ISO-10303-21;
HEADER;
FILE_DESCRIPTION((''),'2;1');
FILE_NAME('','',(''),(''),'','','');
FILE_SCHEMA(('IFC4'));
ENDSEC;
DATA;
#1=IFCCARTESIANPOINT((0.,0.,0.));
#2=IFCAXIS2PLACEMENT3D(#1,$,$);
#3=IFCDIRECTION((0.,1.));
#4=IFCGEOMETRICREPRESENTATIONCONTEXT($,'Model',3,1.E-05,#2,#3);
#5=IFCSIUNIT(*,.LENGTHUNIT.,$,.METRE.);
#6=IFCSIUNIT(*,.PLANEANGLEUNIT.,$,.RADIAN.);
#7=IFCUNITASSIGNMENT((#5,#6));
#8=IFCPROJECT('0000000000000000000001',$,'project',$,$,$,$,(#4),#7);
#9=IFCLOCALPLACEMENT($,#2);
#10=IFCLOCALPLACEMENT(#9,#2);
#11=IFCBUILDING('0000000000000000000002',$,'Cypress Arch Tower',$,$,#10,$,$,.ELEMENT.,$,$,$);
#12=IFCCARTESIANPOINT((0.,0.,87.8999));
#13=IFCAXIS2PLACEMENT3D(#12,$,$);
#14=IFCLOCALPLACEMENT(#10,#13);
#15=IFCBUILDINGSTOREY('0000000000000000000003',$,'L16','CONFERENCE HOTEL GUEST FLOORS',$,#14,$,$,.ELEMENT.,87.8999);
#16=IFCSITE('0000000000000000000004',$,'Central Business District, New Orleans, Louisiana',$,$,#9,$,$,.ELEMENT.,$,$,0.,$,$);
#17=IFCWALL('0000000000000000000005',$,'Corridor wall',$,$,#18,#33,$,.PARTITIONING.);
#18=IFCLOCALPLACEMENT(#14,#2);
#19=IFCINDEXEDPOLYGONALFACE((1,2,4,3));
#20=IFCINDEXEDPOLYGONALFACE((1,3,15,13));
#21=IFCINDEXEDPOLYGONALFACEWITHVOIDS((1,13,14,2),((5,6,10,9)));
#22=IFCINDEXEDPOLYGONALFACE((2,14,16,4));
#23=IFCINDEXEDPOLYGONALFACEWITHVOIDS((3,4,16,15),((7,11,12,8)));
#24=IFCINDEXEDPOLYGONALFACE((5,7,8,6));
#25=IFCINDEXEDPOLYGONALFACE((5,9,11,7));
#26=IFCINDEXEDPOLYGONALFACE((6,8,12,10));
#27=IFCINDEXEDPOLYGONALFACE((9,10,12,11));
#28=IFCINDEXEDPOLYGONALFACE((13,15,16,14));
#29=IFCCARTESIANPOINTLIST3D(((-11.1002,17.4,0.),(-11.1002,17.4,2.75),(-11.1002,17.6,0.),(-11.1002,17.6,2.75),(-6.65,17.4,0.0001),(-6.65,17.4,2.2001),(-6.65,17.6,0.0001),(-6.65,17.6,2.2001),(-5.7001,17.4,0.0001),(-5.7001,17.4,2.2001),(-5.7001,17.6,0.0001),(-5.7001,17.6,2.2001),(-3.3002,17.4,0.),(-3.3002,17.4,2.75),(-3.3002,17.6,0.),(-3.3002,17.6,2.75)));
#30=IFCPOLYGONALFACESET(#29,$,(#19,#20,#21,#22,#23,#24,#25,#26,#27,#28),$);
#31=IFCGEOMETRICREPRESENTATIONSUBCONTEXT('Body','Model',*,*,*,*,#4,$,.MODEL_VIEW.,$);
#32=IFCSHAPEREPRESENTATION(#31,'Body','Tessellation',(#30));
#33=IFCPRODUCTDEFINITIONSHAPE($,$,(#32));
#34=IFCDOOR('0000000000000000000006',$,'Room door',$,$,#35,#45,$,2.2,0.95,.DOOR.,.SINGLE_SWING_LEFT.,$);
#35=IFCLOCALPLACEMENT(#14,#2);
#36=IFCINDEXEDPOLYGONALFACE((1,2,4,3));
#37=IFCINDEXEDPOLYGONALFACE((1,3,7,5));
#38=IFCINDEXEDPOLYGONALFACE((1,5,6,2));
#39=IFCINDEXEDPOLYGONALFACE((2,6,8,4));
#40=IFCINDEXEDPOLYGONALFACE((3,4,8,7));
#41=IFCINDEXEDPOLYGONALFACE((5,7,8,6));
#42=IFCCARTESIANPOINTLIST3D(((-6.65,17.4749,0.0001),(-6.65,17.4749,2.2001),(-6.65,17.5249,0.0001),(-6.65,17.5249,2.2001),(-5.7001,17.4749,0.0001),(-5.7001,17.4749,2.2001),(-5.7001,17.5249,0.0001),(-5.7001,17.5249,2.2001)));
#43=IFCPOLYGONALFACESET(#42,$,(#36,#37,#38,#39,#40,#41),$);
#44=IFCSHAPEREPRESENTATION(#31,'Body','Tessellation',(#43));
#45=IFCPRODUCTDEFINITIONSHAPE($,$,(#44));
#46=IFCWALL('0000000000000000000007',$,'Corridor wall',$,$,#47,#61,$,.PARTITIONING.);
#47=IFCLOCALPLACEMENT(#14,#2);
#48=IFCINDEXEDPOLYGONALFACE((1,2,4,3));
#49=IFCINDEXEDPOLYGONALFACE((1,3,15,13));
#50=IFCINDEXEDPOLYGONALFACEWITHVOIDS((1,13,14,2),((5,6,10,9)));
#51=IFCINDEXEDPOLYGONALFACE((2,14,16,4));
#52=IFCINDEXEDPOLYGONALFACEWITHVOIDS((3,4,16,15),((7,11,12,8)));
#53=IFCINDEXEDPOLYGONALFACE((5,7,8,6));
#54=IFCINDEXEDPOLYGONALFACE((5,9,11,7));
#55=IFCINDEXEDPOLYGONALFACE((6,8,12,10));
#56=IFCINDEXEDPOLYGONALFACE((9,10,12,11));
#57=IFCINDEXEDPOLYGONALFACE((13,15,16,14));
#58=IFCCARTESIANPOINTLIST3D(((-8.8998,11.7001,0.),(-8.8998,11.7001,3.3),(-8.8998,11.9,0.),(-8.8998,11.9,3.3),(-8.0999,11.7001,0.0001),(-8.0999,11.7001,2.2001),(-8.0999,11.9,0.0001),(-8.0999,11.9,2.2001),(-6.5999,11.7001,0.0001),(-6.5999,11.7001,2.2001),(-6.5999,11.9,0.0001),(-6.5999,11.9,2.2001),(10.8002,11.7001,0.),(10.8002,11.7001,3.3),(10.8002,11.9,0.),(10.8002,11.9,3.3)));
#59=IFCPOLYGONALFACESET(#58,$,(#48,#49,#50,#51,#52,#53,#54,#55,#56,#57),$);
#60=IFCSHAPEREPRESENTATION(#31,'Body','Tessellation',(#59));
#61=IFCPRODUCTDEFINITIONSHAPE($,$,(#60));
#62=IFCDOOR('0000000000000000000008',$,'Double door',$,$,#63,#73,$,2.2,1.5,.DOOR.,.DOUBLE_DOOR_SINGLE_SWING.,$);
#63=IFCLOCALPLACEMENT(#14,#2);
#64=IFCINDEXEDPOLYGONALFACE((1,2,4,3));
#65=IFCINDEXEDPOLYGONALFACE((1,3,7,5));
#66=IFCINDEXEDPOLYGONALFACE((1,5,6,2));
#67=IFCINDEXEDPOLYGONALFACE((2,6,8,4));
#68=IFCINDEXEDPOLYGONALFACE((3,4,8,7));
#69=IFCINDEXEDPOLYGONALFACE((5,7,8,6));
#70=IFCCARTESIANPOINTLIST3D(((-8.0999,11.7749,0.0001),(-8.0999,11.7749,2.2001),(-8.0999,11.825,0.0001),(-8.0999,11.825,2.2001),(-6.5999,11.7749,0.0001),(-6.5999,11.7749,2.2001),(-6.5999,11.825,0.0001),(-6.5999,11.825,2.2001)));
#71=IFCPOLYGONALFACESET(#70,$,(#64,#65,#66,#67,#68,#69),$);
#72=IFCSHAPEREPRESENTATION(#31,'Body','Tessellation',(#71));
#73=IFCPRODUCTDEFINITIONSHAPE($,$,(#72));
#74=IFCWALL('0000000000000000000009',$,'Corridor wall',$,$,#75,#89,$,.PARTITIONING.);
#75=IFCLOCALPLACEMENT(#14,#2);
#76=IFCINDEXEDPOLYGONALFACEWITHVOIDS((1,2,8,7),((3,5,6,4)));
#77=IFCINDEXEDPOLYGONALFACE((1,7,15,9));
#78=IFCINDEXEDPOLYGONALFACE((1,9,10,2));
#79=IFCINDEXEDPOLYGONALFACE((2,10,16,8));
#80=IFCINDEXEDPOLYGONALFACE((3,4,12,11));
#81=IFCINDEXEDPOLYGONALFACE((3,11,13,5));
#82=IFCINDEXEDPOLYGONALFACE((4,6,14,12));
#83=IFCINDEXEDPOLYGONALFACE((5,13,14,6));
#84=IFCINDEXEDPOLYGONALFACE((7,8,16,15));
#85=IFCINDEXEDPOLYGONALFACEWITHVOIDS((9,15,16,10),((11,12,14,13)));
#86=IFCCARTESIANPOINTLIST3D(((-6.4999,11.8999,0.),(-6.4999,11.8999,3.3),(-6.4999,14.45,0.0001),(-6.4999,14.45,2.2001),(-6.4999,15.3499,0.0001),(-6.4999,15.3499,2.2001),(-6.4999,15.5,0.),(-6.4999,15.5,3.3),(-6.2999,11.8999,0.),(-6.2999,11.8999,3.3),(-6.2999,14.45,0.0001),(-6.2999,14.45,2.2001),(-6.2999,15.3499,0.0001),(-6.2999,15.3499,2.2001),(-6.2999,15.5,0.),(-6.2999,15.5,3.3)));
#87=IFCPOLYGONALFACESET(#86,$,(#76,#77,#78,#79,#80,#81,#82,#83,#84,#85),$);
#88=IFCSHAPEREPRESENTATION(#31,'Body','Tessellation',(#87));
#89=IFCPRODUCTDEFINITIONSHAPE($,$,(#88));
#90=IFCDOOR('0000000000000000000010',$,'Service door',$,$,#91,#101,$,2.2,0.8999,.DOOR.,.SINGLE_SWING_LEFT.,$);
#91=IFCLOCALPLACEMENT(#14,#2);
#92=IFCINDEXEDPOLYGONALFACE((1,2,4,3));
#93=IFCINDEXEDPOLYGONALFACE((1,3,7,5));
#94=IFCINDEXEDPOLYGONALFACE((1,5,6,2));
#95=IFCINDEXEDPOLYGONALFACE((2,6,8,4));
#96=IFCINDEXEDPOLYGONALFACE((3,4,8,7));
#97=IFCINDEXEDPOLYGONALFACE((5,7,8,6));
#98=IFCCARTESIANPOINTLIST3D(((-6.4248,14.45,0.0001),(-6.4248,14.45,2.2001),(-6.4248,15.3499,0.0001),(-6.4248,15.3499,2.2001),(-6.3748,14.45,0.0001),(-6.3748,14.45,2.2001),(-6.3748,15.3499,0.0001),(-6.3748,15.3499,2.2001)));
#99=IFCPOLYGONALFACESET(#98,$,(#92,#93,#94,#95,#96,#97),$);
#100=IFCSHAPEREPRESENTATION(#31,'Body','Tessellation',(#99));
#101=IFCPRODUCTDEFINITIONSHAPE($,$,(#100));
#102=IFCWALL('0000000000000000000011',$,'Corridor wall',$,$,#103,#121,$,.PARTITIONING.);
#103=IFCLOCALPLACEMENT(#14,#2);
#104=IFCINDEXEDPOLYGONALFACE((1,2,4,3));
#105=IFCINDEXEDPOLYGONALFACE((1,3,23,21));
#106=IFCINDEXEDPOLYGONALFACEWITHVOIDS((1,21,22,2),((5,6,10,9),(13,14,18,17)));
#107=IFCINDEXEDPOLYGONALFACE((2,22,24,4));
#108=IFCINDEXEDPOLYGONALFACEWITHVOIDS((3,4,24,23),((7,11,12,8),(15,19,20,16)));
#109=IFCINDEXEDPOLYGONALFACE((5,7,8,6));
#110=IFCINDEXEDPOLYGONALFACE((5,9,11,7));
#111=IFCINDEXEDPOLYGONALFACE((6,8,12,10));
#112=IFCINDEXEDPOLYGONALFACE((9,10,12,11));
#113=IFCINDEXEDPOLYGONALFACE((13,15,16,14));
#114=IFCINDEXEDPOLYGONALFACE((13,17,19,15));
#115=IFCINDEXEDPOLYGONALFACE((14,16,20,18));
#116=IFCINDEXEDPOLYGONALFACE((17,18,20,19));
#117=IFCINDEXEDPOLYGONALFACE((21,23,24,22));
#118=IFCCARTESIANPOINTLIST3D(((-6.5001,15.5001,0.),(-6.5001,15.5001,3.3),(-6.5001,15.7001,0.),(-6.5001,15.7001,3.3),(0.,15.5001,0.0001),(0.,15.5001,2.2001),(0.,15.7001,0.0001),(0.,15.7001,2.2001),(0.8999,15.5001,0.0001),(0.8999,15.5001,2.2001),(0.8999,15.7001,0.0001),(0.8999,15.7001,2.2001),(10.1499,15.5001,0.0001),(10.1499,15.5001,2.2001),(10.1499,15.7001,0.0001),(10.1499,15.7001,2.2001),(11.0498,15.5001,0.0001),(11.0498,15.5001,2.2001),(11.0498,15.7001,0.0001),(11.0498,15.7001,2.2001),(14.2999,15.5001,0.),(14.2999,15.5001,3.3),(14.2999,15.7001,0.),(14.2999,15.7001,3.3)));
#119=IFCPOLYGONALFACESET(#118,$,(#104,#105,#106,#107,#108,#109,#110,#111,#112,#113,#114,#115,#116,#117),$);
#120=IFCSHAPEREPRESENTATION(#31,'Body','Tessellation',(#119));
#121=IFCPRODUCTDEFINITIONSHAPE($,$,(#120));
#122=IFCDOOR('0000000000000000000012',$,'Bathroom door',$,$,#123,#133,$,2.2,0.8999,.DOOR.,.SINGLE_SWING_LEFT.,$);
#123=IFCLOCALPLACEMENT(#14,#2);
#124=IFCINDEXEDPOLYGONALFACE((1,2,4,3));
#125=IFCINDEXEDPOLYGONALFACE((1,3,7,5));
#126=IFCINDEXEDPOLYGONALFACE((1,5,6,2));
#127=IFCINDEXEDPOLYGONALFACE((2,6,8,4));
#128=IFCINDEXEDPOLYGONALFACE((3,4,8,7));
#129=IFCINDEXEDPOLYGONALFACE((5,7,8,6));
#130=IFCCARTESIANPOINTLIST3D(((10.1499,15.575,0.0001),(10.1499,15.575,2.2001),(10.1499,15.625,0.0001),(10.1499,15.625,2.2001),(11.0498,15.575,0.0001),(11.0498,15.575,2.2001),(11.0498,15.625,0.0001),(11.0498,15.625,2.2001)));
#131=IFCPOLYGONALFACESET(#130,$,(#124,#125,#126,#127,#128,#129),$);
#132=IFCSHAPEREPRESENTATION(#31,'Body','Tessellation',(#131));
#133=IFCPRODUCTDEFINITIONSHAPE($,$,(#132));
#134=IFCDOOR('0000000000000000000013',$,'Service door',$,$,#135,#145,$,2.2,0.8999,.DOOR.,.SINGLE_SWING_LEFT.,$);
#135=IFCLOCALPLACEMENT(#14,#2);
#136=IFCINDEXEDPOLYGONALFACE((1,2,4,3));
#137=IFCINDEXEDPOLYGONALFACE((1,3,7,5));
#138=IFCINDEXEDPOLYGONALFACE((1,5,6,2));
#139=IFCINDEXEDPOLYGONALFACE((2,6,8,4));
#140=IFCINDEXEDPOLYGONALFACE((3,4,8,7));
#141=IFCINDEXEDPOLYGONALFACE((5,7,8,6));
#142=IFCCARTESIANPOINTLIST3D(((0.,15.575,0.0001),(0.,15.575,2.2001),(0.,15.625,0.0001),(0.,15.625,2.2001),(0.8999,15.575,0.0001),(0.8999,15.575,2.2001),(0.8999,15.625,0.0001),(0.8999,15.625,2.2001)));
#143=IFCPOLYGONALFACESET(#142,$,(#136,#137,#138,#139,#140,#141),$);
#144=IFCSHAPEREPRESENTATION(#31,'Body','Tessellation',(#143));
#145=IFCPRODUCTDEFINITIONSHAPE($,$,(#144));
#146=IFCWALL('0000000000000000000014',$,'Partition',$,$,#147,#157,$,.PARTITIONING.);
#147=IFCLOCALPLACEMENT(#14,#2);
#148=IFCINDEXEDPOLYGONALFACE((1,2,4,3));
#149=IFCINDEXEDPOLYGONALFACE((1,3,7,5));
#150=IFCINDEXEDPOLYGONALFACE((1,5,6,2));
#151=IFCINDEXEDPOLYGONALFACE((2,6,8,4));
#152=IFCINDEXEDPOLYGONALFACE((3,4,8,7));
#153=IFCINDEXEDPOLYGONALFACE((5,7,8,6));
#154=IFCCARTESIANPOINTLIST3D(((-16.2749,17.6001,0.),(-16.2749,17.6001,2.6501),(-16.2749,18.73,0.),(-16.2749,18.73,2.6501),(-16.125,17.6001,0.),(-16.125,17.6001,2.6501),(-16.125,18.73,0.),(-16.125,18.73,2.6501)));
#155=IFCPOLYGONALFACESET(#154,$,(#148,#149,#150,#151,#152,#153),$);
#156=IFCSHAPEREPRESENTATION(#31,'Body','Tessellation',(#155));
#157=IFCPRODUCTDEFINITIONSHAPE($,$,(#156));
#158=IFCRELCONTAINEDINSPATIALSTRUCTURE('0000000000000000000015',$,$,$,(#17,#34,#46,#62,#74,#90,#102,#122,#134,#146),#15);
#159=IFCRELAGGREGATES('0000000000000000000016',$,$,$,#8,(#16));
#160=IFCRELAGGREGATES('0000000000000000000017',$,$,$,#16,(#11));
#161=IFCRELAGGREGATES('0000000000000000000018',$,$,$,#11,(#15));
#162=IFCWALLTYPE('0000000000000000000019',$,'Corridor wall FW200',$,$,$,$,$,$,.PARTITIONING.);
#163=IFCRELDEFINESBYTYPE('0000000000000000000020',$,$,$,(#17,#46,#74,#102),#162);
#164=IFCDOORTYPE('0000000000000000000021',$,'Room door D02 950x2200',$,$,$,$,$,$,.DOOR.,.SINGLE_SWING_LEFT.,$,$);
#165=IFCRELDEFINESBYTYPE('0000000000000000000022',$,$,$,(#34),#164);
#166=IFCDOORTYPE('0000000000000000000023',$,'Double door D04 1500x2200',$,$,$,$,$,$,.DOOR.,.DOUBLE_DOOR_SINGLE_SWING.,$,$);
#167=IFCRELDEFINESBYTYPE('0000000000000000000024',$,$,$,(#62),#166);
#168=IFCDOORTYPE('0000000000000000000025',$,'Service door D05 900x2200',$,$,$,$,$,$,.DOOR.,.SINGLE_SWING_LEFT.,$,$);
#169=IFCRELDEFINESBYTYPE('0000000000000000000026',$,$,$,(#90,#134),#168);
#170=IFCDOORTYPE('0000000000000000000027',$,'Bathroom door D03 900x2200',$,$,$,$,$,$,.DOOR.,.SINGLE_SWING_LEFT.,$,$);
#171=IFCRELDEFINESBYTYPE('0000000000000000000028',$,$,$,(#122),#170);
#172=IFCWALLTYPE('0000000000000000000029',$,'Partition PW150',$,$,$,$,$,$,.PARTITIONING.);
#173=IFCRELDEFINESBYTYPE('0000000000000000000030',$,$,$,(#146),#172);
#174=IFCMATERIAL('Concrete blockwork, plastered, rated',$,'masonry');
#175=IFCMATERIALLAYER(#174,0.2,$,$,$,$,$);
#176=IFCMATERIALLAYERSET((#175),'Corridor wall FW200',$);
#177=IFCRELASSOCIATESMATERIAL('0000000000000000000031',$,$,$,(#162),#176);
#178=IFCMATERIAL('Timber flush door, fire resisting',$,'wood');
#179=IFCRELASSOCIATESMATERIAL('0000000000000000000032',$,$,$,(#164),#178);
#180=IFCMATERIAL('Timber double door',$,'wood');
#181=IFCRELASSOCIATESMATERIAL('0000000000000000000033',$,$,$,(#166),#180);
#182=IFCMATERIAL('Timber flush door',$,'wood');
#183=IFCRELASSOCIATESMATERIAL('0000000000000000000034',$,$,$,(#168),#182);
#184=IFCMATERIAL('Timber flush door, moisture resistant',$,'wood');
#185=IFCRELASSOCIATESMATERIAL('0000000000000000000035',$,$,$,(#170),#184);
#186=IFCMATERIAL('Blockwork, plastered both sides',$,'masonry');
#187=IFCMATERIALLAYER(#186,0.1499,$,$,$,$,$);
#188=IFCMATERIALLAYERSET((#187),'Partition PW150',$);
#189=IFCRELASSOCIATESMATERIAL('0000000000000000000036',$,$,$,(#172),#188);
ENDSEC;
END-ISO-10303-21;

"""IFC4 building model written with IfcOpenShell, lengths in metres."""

from ifc_helpers import new_model, si_unit, direction, frame, frame_2d, origin, place, context, subcontext, project, spatial, rectangle, extrude, material, layer, layer_set, type_object, element, fill, save


model = new_model("IFC4")

# Units and contexts
model_context = context("Model", 3, precision=1e-05, world=origin(), true_north=direction((0.0, 1.0)))
body_context = subcontext(model_context, "Body", "Model", "MODEL_VIEW")
ifc_project = project(units=[si_unit("LENGTHUNIT", "METRE"), si_unit("PLANEANGLEUNIT", "RADIAN")], contexts=[model_context])

# Site, building, storey
site_placement = place(None, origin())
site = spatial("IfcSite", under=ifc_project, at=site_placement, Name="Central Business District, New Orleans, Louisiana", CompositionType="ELEMENT", RefElevation=0.0)
building_placement = place(site_placement, origin())
building = spatial("IfcBuilding", under=site, at=building_placement, Name="Cypress Arch Tower", CompositionType="ELEMENT")
storey_placement = place(building_placement, frame((0.0, 0.0, 87.8999)))
storey = spatial("IfcBuildingStorey", under=building, at=storey_placement, Name="L16", Description="CONFERENCE HOTEL GUEST FLOORS", CompositionType="ELEMENT", Elevation=87.8999)

# Shared definitions
ifc_material_1 = material(Name="Concrete blockwork, plastered, rated", Category="masonry")
ifc_layer_1 = layer(ifc_material_1, 0.2)
ifc_layer_set_1 = layer_set([ifc_layer_1], Name="Corridor wall FW200")
wall_type_1 = type_object("IfcWallType", Name="Corridor wall FW200", PredefinedType="PARTITIONING", material=ifc_layer_set_1)

# Walls, openings, doors
ifc_material_2 = material(Name="Timber flush door, fire resisting", Category="wood")
door_type_1 = type_object("IfcDoorType", Name="Room door D02 950x2200", OperationType="SINGLE_SWING_LEFT", PredefinedType="DOOR", material=ifc_material_2)
wall_1_placement = place(storey_placement, frame((-11.1001, 17.5, 0.0), z_axis=(0.0, 0.0, 1.0), x_axis=(1.0, 0.0, 0.0)))
wall_1 = element("IfcWall", 1, at=wall_1_placement, inside=storey, type_object=wall_type_1, Name="Corridor wall", PredefinedType="PARTITIONING", context=body_context, shape_type="SweptSolid", body=[
    extrude(rectangle(XDim=7.8, YDim=0.2, at=frame_2d((3.8999, 0.0))), origin(), (0.0, 0.0, 1.0), 2.75),
])
opening_1_placement = place(wall_1_placement, frame((4.45, 0.0, 0.0)))
opening_1 = element("IfcOpeningElement", 2, at=opening_1_placement, cuts=wall_1, PredefinedType="OPENING", context=body_context, shape_type="SweptSolid", body=[
    extrude(rectangle(XDim=0.95, YDim=2.2, at=frame_2d((0.4751, 1.1001))), frame((0.0, 0.1099, 0.0), z_axis=(0.0, -1.0, 0.0), x_axis=(1.0, 0.0, 0.0)), (0.0, 0.0, 1.0), 0.22),
])
door_1_placement = place(opening_1_placement, origin())
door_1 = element("IfcDoor", 3, at=door_1_placement, inside=storey, type_object=door_type_1, Name="Room door", OperationType="SINGLE_SWING_LEFT", OverallHeight=2.2, OverallWidth=0.95, PredefinedType="DOOR", context=body_context, shape_type="SweptSolid", body=[
    extrude(rectangle(XDim=0.95, YDim=2.2, at=frame_2d((0.4751, 1.1001))), frame((0.0, 0.0249, 0.0), z_axis=(0.0, -1.0, 0.0), x_axis=(1.0, 0.0, 0.0)), (0.0, 0.0, 1.0), 0.05),
])
fill(opening_1, door_1)
wall_2_placement = place(storey_placement, frame((-8.8999, 11.8, 0.0), z_axis=(0.0, 0.0, 1.0), x_axis=(1.0, 0.0, 0.0)))
wall_2 = element("IfcWall", 4, at=wall_2_placement, inside=storey, type_object=wall_type_1, Name="Corridor wall", PredefinedType="PARTITIONING", context=body_context, shape_type="SweptSolid", body=[
    extrude(rectangle(XDim=19.7, YDim=0.2, at=frame_2d((9.8501, 0.0))), origin(), (0.0, 0.0, 1.0), 3.3),
])
opening_2_placement = place(wall_2_placement, frame((0.8, 0.0, 0.0)))
opening_2 = element("IfcOpeningElement", 5, at=opening_2_placement, cuts=wall_2, PredefinedType="OPENING", context=body_context, shape_type="SweptSolid", body=[
    extrude(rectangle(XDim=1.5, YDim=2.2, at=frame_2d((0.75, 1.1001))), frame((0.0, 0.1099, 0.0), z_axis=(0.0, -1.0, 0.0), x_axis=(1.0, 0.0, 0.0)), (0.0, 0.0, 1.0), 0.22),
])
ifc_material_3 = material(Name="Timber double door", Category="wood")
door_type_2 = type_object("IfcDoorType", Name="Double door D04 1500x2200", OperationType="DOUBLE_DOOR_SINGLE_SWING", PredefinedType="DOOR", material=ifc_material_3)
door_2_placement = place(opening_2_placement, origin())
door_2 = element("IfcDoor", 6, at=door_2_placement, inside=storey, type_object=door_type_2, Name="Double door", OperationType="DOUBLE_DOOR_SINGLE_SWING", OverallHeight=2.2, OverallWidth=1.5, PredefinedType="DOOR", context=body_context, shape_type="SweptSolid", body=[
    extrude(rectangle(XDim=1.5, YDim=2.2, at=frame_2d((0.75, 1.1001))), frame((0.0, 0.0249, 0.0), z_axis=(0.0, -1.0, 0.0), x_axis=(1.0, 0.0, 0.0)), (0.0, 0.0, 1.0), 0.05),
])
fill(opening_2, door_2)
wall_3_placement = place(storey_placement, frame((-6.3999, 11.8999, 0.0), z_axis=(0.0, 0.0, 1.0), x_axis=(0.0, 1.0, 0.0)))
wall_3 = element("IfcWall", 7, at=wall_3_placement, inside=storey, type_object=wall_type_1, Name="Corridor wall", PredefinedType="PARTITIONING", context=body_context, shape_type="SweptSolid", body=[
    extrude(rectangle(XDim=3.6001, YDim=0.2, at=frame_2d((1.8, 0.0))), origin(), (0.0, 0.0, 1.0), 3.3),
])
opening_3_placement = place(wall_3_placement, frame((2.55, 0.0, 0.0)))
opening_3 = element("IfcOpeningElement", 8, at=opening_3_placement, cuts=wall_3, PredefinedType="OPENING", context=body_context, shape_type="SweptSolid", body=[
    extrude(rectangle(XDim=0.8999, YDim=2.2, at=frame_2d((0.45, 1.1001))), frame((0.0, 0.1099, 0.0), z_axis=(0.0, -1.0, 0.0), x_axis=(1.0, 0.0, 0.0)), (0.0, 0.0, 1.0), 0.22),
])
ifc_material_4 = material(Name="Timber flush door", Category="wood")
door_type_3 = type_object("IfcDoorType", Name="Service door D05 900x2200", OperationType="SINGLE_SWING_LEFT", PredefinedType="DOOR", material=ifc_material_4)
door_3_placement = place(opening_3_placement, origin())
door_3 = element("IfcDoor", 9, at=door_3_placement, inside=storey, type_object=door_type_3, Name="Service door", OperationType="SINGLE_SWING_LEFT", OverallHeight=2.2, OverallWidth=0.8999, PredefinedType="DOOR", context=body_context, shape_type="SweptSolid", body=[
    extrude(rectangle(XDim=0.8999, YDim=2.2, at=frame_2d((0.45, 1.1001))), frame((0.0, 0.0249, 0.0), z_axis=(0.0, -1.0, 0.0), x_axis=(1.0, 0.0, 0.0)), (0.0, 0.0, 1.0), 0.05),
])
fill(opening_3, door_3)

# Wall, openings, doors
wall_4_placement = place(storey_placement, frame((-6.5, 15.6001, 0.0), z_axis=(0.0, 0.0, 1.0), x_axis=(1.0, 0.0, 0.0)))
wall_4 = element("IfcWall", 10, at=wall_4_placement, inside=storey, type_object=wall_type_1, Name="Corridor wall", PredefinedType="PARTITIONING", context=body_context, shape_type="SweptSolid", body=[
    extrude(rectangle(XDim=20.8, YDim=0.2, at=frame_2d((10.3999, 0.0))), origin(), (0.0, 0.0, 1.0), 3.3),
])
opening_4_placement = place(wall_4_placement, frame((6.5, 0.0, 0.0)))
opening_4 = element("IfcOpeningElement", 11, at=opening_4_placement, cuts=wall_4, PredefinedType="OPENING", context=body_context, shape_type="SweptSolid", body=[
    extrude(rectangle(XDim=0.8999, YDim=2.2, at=frame_2d((0.45, 1.1001))), frame((0.0, 0.1099, 0.0), z_axis=(0.0, -1.0, 0.0), x_axis=(1.0, 0.0, 0.0)), (0.0, 0.0, 1.0), 0.22),
])
opening_5_placement = place(wall_4_placement, frame((16.6499, 0.0, 0.0)))
opening_5 = element("IfcOpeningElement", 12, at=opening_5_placement, cuts=wall_4, PredefinedType="OPENING", context=body_context, shape_type="SweptSolid", body=[
    extrude(rectangle(XDim=0.8999, YDim=2.2, at=frame_2d((0.45, 1.1001))), frame((0.0, 0.1099, 0.0), z_axis=(0.0, -1.0, 0.0), x_axis=(1.0, 0.0, 0.0)), (0.0, 0.0, 1.0), 0.22),
])
ifc_material_5 = material(Name="Timber flush door, moisture resistant", Category="wood")
door_type_4 = type_object("IfcDoorType", Name="Bathroom door D03 900x2200", OperationType="SINGLE_SWING_LEFT", PredefinedType="DOOR", material=ifc_material_5)
door_4_placement = place(opening_5_placement, origin())
door_4 = element("IfcDoor", 13, at=door_4_placement, inside=storey, type_object=door_type_4, Name="Bathroom door", OperationType="SINGLE_SWING_LEFT", OverallHeight=2.2, OverallWidth=0.8999, PredefinedType="DOOR", context=body_context, shape_type="SweptSolid", body=[
    extrude(rectangle(XDim=0.8999, YDim=2.2, at=frame_2d((0.45, 1.1001))), frame((0.0, 0.0249, 0.0), z_axis=(0.0, -1.0, 0.0), x_axis=(1.0, 0.0, 0.0)), (0.0, 0.0, 1.0), 0.05),
])
fill(opening_5, door_4)
door_5_placement = place(opening_4_placement, origin())
door_5 = element("IfcDoor", 14, at=door_5_placement, inside=storey, type_object=door_type_3, Name="Service door", OperationType="SINGLE_SWING_LEFT", OverallHeight=2.2, OverallWidth=0.8999, PredefinedType="DOOR", context=body_context, shape_type="SweptSolid", body=[
    extrude(rectangle(XDim=0.8999, YDim=2.2, at=frame_2d((0.45, 1.1001))), frame((0.0, 0.0249, 0.0), z_axis=(0.0, -1.0, 0.0), x_axis=(1.0, 0.0, 0.0)), (0.0, 0.0, 1.0), 0.05),
])
fill(opening_4, door_5)

# Wall
ifc_material_6 = material(Name="Blockwork, plastered both sides", Category="masonry")
ifc_layer_2 = layer(ifc_material_6, 0.1499)
ifc_layer_set_2 = layer_set([ifc_layer_2], Name="Partition PW150")
wall_type_2 = type_object("IfcWallType", Name="Partition PW150", PredefinedType="PARTITIONING", material=ifc_layer_set_2)
wall_5_placement = place(storey_placement, frame((-16.2, 17.6001, 0.0), z_axis=(0.0, 0.0, 1.0), x_axis=(0.0, 1.0, 0.0)))
element("IfcWall", 15, at=wall_5_placement, inside=storey, type_object=wall_type_2, Name="Partition", PredefinedType="PARTITIONING", context=body_context, shape_type="SweptSolid", body=[
    extrude(rectangle(XDim=1.1299, YDim=0.1499, at=frame_2d((0.5649, 0.0))), origin(), (0.0, 0.0, 1.0), 2.6501),
])

save(model, "model.ifc")
